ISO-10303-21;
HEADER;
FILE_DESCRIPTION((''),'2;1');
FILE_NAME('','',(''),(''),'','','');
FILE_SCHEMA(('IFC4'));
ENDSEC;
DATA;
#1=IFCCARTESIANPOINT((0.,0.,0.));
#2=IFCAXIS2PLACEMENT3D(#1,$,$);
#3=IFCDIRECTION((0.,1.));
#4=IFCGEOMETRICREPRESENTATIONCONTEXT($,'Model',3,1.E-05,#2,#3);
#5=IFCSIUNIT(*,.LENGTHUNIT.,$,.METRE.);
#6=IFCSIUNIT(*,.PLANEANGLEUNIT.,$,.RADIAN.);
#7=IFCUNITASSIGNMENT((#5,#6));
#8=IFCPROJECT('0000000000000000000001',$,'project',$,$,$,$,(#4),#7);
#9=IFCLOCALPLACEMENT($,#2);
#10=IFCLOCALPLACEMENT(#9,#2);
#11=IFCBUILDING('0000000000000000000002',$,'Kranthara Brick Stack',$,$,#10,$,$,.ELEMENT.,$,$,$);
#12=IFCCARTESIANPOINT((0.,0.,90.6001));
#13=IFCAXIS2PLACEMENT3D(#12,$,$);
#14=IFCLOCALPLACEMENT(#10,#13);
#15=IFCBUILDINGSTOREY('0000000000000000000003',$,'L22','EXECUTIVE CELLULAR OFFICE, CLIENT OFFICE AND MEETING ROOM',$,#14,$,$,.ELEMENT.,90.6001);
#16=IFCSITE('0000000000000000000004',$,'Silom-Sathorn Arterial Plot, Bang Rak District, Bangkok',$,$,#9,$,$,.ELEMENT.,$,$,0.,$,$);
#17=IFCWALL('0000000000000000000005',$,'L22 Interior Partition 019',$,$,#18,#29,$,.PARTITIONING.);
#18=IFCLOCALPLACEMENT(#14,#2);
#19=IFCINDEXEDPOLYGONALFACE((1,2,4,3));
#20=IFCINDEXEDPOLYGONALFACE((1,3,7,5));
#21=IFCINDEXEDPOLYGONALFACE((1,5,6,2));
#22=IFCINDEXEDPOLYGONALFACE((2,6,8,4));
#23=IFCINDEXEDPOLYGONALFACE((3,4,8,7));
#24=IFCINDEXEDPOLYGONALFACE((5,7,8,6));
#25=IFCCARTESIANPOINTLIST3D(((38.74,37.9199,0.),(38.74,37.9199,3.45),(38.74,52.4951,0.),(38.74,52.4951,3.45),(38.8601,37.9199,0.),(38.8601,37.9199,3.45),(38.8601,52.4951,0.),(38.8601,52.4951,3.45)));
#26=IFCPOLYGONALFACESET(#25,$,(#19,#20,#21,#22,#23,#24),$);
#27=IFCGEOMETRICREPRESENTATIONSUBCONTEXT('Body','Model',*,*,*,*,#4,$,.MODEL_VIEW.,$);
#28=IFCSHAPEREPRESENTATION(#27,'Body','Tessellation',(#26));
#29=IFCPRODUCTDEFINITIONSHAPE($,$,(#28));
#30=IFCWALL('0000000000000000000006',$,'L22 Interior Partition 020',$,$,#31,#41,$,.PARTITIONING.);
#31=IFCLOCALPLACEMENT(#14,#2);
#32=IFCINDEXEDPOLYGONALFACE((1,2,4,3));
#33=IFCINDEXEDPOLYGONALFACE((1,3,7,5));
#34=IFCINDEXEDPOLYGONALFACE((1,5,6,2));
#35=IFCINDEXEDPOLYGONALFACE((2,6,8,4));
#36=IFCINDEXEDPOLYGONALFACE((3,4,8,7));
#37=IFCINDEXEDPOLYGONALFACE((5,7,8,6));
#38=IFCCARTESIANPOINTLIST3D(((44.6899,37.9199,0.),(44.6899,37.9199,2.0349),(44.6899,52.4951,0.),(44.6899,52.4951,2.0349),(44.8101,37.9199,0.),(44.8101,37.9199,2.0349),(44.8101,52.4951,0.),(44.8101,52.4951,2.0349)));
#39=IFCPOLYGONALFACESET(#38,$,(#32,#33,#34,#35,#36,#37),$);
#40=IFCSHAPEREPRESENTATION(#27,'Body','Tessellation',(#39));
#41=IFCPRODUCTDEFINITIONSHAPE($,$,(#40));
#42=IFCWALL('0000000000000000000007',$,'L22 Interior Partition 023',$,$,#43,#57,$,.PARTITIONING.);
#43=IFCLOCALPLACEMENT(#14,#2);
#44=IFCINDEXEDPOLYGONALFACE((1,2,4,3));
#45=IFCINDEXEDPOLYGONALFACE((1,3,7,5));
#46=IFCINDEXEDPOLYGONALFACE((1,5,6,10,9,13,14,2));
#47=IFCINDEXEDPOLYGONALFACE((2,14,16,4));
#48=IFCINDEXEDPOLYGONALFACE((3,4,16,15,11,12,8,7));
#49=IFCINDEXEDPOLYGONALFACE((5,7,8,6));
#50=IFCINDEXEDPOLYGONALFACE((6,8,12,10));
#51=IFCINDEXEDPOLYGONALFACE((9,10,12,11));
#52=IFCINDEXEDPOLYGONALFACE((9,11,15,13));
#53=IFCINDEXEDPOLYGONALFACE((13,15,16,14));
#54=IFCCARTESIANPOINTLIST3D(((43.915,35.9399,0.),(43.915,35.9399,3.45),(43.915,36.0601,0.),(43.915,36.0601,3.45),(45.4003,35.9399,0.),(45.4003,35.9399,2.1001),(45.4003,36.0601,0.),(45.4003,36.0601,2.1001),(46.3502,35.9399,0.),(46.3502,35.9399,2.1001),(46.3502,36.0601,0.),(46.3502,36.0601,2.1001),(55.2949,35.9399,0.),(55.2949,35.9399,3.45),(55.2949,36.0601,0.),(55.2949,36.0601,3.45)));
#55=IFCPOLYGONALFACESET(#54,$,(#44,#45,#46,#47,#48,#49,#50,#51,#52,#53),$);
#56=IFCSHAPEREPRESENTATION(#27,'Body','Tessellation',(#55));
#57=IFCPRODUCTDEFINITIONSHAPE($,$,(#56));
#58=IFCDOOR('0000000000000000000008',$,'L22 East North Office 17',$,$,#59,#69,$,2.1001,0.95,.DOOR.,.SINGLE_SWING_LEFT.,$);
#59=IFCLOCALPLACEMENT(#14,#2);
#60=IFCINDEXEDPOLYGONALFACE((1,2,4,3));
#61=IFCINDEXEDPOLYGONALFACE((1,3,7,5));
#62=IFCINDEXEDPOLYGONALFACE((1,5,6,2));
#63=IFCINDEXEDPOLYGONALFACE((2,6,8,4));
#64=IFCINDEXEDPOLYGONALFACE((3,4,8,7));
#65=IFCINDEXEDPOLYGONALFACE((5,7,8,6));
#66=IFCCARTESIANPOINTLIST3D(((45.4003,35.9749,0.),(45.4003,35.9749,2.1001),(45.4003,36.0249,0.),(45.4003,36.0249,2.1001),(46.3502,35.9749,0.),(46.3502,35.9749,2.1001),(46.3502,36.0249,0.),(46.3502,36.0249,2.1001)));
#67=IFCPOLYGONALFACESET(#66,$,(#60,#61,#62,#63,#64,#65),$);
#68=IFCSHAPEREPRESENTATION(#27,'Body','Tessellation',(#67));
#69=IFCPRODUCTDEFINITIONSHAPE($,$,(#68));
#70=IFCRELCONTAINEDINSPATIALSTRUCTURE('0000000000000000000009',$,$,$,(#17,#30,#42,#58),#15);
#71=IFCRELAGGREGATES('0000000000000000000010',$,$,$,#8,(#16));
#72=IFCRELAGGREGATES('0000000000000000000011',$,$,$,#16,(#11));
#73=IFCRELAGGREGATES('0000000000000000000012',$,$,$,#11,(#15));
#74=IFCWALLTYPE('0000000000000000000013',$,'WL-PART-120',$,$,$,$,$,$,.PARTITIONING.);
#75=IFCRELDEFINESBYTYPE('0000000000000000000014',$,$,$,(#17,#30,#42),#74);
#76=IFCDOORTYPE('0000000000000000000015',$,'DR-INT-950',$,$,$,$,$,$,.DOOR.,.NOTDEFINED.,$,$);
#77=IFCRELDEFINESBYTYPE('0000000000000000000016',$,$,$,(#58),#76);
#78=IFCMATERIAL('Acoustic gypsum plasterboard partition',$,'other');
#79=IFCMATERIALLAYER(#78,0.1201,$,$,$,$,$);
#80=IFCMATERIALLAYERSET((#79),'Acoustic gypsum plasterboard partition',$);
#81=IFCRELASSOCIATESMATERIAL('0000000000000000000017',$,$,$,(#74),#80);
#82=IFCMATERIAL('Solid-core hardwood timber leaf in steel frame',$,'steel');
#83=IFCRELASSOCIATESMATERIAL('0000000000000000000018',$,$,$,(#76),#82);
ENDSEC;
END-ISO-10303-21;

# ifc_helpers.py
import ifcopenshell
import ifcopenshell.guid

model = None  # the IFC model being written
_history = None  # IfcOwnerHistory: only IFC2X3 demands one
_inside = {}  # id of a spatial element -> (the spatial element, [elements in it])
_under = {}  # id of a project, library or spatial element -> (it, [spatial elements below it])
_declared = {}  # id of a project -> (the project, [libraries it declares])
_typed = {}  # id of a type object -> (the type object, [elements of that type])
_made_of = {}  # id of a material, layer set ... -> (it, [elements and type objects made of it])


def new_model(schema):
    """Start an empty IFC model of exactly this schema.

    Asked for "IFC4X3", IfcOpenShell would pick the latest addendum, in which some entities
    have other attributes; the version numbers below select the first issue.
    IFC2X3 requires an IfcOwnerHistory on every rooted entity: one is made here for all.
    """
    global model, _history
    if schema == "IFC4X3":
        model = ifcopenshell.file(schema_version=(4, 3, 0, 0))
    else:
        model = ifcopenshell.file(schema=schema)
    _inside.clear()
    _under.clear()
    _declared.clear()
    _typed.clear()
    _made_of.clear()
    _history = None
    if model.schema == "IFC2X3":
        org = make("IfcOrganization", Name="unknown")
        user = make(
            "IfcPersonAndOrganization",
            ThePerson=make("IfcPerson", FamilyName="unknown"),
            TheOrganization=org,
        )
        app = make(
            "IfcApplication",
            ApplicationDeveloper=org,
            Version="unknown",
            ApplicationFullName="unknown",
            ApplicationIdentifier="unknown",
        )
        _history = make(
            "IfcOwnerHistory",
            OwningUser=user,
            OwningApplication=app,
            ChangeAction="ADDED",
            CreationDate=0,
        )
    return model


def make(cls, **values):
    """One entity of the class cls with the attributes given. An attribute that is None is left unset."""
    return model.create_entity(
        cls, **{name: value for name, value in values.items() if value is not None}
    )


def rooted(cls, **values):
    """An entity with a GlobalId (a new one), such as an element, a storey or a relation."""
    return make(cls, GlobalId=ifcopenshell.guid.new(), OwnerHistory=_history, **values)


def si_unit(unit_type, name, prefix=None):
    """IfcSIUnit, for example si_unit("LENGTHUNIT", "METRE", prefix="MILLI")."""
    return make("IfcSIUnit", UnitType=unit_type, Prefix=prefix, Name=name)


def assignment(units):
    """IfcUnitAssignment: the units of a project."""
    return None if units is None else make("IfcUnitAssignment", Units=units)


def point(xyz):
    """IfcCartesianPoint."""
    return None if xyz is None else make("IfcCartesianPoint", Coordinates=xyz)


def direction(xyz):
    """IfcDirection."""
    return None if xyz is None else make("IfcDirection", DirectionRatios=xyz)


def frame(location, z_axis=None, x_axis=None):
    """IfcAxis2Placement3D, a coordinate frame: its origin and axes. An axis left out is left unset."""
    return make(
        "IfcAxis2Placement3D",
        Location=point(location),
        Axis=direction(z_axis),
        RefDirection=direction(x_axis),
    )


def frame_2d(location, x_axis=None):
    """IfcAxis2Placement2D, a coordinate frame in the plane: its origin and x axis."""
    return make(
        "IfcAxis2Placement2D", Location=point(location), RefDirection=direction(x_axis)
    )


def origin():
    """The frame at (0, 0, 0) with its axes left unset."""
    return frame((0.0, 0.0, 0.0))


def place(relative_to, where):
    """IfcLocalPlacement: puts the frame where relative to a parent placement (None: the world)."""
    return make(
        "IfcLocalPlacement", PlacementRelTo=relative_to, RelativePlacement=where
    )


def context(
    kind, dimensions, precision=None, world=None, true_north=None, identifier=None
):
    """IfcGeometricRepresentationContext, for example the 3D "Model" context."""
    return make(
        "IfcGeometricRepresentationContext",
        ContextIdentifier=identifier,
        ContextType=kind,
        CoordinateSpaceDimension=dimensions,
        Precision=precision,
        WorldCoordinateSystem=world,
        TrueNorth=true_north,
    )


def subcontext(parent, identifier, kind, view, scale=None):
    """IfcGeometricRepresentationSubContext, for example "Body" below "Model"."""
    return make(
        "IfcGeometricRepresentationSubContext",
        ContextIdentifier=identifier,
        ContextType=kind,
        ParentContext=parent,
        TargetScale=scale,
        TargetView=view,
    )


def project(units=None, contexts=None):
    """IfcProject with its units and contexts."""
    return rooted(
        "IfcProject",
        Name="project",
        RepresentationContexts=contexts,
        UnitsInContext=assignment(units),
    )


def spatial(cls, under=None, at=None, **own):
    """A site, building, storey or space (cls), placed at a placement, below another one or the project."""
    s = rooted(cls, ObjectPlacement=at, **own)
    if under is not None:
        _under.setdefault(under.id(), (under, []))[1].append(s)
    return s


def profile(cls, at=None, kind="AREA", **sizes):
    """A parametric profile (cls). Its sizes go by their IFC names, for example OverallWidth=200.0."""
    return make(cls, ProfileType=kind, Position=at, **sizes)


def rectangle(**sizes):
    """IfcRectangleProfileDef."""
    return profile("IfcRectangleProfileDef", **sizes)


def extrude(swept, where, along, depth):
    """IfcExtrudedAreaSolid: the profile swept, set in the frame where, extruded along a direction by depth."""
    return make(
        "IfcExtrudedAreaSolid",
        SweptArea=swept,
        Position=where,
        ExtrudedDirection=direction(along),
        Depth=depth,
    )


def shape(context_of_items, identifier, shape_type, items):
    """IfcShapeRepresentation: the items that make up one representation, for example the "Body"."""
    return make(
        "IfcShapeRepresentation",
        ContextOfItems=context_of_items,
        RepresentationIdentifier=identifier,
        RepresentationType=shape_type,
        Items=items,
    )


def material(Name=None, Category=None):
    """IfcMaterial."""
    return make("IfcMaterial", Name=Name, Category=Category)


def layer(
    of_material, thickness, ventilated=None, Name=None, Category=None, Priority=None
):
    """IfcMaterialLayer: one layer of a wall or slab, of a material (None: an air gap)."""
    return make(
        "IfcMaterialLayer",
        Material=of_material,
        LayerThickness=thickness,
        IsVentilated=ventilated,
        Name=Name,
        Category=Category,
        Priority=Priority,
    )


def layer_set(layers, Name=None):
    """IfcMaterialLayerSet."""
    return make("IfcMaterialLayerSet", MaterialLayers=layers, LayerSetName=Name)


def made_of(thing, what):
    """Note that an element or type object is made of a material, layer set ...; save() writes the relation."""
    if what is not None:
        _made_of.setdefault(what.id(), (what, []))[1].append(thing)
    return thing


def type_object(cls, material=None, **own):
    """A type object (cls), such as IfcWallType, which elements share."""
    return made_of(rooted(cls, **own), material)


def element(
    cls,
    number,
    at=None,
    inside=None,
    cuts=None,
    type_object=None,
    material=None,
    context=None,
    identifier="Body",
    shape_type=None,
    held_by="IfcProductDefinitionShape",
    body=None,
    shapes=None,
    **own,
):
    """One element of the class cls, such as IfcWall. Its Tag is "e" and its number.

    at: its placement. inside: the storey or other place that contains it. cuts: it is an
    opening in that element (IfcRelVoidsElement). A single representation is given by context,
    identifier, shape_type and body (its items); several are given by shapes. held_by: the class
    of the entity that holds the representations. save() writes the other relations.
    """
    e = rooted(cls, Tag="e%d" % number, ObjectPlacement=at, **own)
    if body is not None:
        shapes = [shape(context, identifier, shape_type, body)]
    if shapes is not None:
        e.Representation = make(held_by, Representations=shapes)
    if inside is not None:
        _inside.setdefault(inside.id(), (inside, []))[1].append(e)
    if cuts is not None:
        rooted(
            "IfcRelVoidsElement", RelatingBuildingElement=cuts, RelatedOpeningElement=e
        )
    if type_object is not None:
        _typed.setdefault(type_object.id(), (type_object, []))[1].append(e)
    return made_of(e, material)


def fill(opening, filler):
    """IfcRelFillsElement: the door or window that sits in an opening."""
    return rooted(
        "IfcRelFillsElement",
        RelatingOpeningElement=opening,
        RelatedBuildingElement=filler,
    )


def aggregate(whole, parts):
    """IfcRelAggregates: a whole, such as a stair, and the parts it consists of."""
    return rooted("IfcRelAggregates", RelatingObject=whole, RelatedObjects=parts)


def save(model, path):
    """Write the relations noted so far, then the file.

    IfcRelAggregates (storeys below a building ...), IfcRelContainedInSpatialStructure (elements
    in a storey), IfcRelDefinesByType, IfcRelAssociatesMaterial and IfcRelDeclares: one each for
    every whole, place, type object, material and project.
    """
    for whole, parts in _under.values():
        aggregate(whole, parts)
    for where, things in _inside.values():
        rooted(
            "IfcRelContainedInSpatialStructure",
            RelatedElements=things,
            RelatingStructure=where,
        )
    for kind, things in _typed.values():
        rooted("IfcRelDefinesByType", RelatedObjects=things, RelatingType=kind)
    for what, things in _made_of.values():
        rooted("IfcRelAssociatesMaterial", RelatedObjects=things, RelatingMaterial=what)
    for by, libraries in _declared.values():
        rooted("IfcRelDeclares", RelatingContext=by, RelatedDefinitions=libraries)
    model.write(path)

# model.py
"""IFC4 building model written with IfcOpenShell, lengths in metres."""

from ifc_helpers import new_model, si_unit, direction, frame, frame_2d, origin, place, context, subcontext, project, spatial, rectangle, extrude, material, layer, layer_set, type_object, element, fill, save


model = new_model("IFC4")

# Units and contexts
model_context = context("Model", 3, precision=1e-05, world=origin(), true_north=direction((0.0, 1.0)))
body_context = subcontext(model_context, "Body", "Model", "MODEL_VIEW")
ifc_project = project(units=[si_unit("LENGTHUNIT", "METRE"), si_unit("PLANEANGLEUNIT", "RADIAN")], contexts=[model_context])

# Site, building, storey
site_placement = place(None, origin())
site = spatial("IfcSite", under=ifc_project, at=site_placement, Name="Silom-Sathorn Arterial Plot, Bang Rak District, Bangkok", CompositionType="ELEMENT", RefElevation=0.0)
building_placement = place(site_placement, origin())
building = spatial("IfcBuilding", under=site, at=building_placement, Name="Kranthara Brick Stack", CompositionType="ELEMENT")
storey_placement = place(building_placement, frame((0.0, 0.0, 90.6001)))
storey = spatial("IfcBuildingStorey", under=building, at=storey_placement, Name="L22", Description="EXECUTIVE CELLULAR OFFICE, CLIENT OFFICE AND MEETING ROOM", CompositionType="ELEMENT", Elevation=90.6001)

# Walls
ifc_material_1 = material(Name="Acoustic gypsum plasterboard partition", Category="other")
ifc_layer_1 = layer(ifc_material_1, 0.1201)
ifc_layer_set_1 = layer_set([ifc_layer_1], Name="Acoustic gypsum plasterboard partition")
wall_type_1 = type_object("IfcWallType", Name="WL-PART-120", PredefinedType="PARTITIONING", material=ifc_layer_set_1)
wall_1_placement = place(storey_placement, frame((38.8, 37.9199, 0.0), z_axis=(0.0, 0.0, 1.0), x_axis=(0.0, 1.0, 0.0)))
element("IfcWall", 1, at=wall_1_placement, inside=storey, type_object=wall_type_1, Name="L22 Interior Partition 019", PredefinedType="PARTITIONING", context=body_context, shape_type="SweptSolid", body=[
    extrude(rectangle(XDim=14.5752, YDim=0.1201, at=frame_2d((7.2876, 0.0))), origin(), (0.0, 0.0, 1.0), 3.45),
])
wall_2_placement = place(storey_placement, frame((44.75, 37.9199, 0.0), z_axis=(0.0, 0.0, 1.0), x_axis=(0.0, 1.0, 0.0)))
element("IfcWall", 2, at=wall_2_placement, inside=storey, type_object=wall_type_1, Name="L22 Interior Partition 020", PredefinedType="PARTITIONING", context=body_context, shape_type="SweptSolid", body=[
    extrude(rectangle(XDim=14.5752, YDim=0.1201, at=frame_2d((7.2876, 0.0))), origin(), (0.0, 0.0, 1.0), 2.0349),
])

# Wall, opening, door
wall_3_placement = place(storey_placement, frame((43.915, 36.0, 0.0), z_axis=(0.0, 0.0, 1.0), x_axis=(1.0, 0.0, 0.0)))
wall_3 = element("IfcWall", 3, at=wall_3_placement, inside=storey, type_object=wall_type_1, Name="L22 Interior Partition 023", PredefinedType="PARTITIONING", context=body_context, shape_type="SweptSolid", body=[
    extrude(rectangle(XDim=11.3799, YDim=0.1201, at=frame_2d((5.6899, 0.0))), origin(), (0.0, 0.0, 1.0), 3.45),
])
opening_1_placement = place(wall_3_placement, frame((1.4851, 0.0, 0.0)))
opening_1 = element("IfcOpeningElement", 4, at=opening_1_placement, cuts=wall_3, PredefinedType="OPENING", context=body_context, shape_type="SweptSolid", body=[
    extrude(rectangle(XDim=0.95, YDim=2.1001, at=frame_2d((0.4751, 1.05))), frame((0.0, 0.0701, 0.0), z_axis=(0.0, -1.0, 0.0), x_axis=(1.0, 0.0, 0.0)), (0.0, 0.0, 1.0), 0.1401),
])
ifc_material_2 = material(Name="Solid-core hardwood timber leaf in steel frame", Category="steel")
door_type = type_object("IfcDoorType", Name="DR-INT-950", OperationType="NOTDEFINED", PredefinedType="DOOR", material=ifc_material_2)
door_placement = place(opening_1_placement, origin())
door = element("IfcDoor", 5, at=door_placement, inside=storey, type_object=door_type, Name="L22 East North Office 17", OperationType="SINGLE_SWING_LEFT", OverallHeight=2.1001, OverallWidth=0.95, PredefinedType="DOOR", context=body_context, shape_type="SweptSolid", body=[
    extrude(rectangle(XDim=0.95, YDim=2.1001, at=frame_2d((0.4751, 1.05))), frame((0.0, 0.0249, 0.0), z_axis=(0.0, -1.0, 0.0), x_axis=(1.0, 0.0, 0.0)), (0.0, 0.0, 1.0), 0.05),
])
fill(opening_1, door)

save(model, "model.ifc")
